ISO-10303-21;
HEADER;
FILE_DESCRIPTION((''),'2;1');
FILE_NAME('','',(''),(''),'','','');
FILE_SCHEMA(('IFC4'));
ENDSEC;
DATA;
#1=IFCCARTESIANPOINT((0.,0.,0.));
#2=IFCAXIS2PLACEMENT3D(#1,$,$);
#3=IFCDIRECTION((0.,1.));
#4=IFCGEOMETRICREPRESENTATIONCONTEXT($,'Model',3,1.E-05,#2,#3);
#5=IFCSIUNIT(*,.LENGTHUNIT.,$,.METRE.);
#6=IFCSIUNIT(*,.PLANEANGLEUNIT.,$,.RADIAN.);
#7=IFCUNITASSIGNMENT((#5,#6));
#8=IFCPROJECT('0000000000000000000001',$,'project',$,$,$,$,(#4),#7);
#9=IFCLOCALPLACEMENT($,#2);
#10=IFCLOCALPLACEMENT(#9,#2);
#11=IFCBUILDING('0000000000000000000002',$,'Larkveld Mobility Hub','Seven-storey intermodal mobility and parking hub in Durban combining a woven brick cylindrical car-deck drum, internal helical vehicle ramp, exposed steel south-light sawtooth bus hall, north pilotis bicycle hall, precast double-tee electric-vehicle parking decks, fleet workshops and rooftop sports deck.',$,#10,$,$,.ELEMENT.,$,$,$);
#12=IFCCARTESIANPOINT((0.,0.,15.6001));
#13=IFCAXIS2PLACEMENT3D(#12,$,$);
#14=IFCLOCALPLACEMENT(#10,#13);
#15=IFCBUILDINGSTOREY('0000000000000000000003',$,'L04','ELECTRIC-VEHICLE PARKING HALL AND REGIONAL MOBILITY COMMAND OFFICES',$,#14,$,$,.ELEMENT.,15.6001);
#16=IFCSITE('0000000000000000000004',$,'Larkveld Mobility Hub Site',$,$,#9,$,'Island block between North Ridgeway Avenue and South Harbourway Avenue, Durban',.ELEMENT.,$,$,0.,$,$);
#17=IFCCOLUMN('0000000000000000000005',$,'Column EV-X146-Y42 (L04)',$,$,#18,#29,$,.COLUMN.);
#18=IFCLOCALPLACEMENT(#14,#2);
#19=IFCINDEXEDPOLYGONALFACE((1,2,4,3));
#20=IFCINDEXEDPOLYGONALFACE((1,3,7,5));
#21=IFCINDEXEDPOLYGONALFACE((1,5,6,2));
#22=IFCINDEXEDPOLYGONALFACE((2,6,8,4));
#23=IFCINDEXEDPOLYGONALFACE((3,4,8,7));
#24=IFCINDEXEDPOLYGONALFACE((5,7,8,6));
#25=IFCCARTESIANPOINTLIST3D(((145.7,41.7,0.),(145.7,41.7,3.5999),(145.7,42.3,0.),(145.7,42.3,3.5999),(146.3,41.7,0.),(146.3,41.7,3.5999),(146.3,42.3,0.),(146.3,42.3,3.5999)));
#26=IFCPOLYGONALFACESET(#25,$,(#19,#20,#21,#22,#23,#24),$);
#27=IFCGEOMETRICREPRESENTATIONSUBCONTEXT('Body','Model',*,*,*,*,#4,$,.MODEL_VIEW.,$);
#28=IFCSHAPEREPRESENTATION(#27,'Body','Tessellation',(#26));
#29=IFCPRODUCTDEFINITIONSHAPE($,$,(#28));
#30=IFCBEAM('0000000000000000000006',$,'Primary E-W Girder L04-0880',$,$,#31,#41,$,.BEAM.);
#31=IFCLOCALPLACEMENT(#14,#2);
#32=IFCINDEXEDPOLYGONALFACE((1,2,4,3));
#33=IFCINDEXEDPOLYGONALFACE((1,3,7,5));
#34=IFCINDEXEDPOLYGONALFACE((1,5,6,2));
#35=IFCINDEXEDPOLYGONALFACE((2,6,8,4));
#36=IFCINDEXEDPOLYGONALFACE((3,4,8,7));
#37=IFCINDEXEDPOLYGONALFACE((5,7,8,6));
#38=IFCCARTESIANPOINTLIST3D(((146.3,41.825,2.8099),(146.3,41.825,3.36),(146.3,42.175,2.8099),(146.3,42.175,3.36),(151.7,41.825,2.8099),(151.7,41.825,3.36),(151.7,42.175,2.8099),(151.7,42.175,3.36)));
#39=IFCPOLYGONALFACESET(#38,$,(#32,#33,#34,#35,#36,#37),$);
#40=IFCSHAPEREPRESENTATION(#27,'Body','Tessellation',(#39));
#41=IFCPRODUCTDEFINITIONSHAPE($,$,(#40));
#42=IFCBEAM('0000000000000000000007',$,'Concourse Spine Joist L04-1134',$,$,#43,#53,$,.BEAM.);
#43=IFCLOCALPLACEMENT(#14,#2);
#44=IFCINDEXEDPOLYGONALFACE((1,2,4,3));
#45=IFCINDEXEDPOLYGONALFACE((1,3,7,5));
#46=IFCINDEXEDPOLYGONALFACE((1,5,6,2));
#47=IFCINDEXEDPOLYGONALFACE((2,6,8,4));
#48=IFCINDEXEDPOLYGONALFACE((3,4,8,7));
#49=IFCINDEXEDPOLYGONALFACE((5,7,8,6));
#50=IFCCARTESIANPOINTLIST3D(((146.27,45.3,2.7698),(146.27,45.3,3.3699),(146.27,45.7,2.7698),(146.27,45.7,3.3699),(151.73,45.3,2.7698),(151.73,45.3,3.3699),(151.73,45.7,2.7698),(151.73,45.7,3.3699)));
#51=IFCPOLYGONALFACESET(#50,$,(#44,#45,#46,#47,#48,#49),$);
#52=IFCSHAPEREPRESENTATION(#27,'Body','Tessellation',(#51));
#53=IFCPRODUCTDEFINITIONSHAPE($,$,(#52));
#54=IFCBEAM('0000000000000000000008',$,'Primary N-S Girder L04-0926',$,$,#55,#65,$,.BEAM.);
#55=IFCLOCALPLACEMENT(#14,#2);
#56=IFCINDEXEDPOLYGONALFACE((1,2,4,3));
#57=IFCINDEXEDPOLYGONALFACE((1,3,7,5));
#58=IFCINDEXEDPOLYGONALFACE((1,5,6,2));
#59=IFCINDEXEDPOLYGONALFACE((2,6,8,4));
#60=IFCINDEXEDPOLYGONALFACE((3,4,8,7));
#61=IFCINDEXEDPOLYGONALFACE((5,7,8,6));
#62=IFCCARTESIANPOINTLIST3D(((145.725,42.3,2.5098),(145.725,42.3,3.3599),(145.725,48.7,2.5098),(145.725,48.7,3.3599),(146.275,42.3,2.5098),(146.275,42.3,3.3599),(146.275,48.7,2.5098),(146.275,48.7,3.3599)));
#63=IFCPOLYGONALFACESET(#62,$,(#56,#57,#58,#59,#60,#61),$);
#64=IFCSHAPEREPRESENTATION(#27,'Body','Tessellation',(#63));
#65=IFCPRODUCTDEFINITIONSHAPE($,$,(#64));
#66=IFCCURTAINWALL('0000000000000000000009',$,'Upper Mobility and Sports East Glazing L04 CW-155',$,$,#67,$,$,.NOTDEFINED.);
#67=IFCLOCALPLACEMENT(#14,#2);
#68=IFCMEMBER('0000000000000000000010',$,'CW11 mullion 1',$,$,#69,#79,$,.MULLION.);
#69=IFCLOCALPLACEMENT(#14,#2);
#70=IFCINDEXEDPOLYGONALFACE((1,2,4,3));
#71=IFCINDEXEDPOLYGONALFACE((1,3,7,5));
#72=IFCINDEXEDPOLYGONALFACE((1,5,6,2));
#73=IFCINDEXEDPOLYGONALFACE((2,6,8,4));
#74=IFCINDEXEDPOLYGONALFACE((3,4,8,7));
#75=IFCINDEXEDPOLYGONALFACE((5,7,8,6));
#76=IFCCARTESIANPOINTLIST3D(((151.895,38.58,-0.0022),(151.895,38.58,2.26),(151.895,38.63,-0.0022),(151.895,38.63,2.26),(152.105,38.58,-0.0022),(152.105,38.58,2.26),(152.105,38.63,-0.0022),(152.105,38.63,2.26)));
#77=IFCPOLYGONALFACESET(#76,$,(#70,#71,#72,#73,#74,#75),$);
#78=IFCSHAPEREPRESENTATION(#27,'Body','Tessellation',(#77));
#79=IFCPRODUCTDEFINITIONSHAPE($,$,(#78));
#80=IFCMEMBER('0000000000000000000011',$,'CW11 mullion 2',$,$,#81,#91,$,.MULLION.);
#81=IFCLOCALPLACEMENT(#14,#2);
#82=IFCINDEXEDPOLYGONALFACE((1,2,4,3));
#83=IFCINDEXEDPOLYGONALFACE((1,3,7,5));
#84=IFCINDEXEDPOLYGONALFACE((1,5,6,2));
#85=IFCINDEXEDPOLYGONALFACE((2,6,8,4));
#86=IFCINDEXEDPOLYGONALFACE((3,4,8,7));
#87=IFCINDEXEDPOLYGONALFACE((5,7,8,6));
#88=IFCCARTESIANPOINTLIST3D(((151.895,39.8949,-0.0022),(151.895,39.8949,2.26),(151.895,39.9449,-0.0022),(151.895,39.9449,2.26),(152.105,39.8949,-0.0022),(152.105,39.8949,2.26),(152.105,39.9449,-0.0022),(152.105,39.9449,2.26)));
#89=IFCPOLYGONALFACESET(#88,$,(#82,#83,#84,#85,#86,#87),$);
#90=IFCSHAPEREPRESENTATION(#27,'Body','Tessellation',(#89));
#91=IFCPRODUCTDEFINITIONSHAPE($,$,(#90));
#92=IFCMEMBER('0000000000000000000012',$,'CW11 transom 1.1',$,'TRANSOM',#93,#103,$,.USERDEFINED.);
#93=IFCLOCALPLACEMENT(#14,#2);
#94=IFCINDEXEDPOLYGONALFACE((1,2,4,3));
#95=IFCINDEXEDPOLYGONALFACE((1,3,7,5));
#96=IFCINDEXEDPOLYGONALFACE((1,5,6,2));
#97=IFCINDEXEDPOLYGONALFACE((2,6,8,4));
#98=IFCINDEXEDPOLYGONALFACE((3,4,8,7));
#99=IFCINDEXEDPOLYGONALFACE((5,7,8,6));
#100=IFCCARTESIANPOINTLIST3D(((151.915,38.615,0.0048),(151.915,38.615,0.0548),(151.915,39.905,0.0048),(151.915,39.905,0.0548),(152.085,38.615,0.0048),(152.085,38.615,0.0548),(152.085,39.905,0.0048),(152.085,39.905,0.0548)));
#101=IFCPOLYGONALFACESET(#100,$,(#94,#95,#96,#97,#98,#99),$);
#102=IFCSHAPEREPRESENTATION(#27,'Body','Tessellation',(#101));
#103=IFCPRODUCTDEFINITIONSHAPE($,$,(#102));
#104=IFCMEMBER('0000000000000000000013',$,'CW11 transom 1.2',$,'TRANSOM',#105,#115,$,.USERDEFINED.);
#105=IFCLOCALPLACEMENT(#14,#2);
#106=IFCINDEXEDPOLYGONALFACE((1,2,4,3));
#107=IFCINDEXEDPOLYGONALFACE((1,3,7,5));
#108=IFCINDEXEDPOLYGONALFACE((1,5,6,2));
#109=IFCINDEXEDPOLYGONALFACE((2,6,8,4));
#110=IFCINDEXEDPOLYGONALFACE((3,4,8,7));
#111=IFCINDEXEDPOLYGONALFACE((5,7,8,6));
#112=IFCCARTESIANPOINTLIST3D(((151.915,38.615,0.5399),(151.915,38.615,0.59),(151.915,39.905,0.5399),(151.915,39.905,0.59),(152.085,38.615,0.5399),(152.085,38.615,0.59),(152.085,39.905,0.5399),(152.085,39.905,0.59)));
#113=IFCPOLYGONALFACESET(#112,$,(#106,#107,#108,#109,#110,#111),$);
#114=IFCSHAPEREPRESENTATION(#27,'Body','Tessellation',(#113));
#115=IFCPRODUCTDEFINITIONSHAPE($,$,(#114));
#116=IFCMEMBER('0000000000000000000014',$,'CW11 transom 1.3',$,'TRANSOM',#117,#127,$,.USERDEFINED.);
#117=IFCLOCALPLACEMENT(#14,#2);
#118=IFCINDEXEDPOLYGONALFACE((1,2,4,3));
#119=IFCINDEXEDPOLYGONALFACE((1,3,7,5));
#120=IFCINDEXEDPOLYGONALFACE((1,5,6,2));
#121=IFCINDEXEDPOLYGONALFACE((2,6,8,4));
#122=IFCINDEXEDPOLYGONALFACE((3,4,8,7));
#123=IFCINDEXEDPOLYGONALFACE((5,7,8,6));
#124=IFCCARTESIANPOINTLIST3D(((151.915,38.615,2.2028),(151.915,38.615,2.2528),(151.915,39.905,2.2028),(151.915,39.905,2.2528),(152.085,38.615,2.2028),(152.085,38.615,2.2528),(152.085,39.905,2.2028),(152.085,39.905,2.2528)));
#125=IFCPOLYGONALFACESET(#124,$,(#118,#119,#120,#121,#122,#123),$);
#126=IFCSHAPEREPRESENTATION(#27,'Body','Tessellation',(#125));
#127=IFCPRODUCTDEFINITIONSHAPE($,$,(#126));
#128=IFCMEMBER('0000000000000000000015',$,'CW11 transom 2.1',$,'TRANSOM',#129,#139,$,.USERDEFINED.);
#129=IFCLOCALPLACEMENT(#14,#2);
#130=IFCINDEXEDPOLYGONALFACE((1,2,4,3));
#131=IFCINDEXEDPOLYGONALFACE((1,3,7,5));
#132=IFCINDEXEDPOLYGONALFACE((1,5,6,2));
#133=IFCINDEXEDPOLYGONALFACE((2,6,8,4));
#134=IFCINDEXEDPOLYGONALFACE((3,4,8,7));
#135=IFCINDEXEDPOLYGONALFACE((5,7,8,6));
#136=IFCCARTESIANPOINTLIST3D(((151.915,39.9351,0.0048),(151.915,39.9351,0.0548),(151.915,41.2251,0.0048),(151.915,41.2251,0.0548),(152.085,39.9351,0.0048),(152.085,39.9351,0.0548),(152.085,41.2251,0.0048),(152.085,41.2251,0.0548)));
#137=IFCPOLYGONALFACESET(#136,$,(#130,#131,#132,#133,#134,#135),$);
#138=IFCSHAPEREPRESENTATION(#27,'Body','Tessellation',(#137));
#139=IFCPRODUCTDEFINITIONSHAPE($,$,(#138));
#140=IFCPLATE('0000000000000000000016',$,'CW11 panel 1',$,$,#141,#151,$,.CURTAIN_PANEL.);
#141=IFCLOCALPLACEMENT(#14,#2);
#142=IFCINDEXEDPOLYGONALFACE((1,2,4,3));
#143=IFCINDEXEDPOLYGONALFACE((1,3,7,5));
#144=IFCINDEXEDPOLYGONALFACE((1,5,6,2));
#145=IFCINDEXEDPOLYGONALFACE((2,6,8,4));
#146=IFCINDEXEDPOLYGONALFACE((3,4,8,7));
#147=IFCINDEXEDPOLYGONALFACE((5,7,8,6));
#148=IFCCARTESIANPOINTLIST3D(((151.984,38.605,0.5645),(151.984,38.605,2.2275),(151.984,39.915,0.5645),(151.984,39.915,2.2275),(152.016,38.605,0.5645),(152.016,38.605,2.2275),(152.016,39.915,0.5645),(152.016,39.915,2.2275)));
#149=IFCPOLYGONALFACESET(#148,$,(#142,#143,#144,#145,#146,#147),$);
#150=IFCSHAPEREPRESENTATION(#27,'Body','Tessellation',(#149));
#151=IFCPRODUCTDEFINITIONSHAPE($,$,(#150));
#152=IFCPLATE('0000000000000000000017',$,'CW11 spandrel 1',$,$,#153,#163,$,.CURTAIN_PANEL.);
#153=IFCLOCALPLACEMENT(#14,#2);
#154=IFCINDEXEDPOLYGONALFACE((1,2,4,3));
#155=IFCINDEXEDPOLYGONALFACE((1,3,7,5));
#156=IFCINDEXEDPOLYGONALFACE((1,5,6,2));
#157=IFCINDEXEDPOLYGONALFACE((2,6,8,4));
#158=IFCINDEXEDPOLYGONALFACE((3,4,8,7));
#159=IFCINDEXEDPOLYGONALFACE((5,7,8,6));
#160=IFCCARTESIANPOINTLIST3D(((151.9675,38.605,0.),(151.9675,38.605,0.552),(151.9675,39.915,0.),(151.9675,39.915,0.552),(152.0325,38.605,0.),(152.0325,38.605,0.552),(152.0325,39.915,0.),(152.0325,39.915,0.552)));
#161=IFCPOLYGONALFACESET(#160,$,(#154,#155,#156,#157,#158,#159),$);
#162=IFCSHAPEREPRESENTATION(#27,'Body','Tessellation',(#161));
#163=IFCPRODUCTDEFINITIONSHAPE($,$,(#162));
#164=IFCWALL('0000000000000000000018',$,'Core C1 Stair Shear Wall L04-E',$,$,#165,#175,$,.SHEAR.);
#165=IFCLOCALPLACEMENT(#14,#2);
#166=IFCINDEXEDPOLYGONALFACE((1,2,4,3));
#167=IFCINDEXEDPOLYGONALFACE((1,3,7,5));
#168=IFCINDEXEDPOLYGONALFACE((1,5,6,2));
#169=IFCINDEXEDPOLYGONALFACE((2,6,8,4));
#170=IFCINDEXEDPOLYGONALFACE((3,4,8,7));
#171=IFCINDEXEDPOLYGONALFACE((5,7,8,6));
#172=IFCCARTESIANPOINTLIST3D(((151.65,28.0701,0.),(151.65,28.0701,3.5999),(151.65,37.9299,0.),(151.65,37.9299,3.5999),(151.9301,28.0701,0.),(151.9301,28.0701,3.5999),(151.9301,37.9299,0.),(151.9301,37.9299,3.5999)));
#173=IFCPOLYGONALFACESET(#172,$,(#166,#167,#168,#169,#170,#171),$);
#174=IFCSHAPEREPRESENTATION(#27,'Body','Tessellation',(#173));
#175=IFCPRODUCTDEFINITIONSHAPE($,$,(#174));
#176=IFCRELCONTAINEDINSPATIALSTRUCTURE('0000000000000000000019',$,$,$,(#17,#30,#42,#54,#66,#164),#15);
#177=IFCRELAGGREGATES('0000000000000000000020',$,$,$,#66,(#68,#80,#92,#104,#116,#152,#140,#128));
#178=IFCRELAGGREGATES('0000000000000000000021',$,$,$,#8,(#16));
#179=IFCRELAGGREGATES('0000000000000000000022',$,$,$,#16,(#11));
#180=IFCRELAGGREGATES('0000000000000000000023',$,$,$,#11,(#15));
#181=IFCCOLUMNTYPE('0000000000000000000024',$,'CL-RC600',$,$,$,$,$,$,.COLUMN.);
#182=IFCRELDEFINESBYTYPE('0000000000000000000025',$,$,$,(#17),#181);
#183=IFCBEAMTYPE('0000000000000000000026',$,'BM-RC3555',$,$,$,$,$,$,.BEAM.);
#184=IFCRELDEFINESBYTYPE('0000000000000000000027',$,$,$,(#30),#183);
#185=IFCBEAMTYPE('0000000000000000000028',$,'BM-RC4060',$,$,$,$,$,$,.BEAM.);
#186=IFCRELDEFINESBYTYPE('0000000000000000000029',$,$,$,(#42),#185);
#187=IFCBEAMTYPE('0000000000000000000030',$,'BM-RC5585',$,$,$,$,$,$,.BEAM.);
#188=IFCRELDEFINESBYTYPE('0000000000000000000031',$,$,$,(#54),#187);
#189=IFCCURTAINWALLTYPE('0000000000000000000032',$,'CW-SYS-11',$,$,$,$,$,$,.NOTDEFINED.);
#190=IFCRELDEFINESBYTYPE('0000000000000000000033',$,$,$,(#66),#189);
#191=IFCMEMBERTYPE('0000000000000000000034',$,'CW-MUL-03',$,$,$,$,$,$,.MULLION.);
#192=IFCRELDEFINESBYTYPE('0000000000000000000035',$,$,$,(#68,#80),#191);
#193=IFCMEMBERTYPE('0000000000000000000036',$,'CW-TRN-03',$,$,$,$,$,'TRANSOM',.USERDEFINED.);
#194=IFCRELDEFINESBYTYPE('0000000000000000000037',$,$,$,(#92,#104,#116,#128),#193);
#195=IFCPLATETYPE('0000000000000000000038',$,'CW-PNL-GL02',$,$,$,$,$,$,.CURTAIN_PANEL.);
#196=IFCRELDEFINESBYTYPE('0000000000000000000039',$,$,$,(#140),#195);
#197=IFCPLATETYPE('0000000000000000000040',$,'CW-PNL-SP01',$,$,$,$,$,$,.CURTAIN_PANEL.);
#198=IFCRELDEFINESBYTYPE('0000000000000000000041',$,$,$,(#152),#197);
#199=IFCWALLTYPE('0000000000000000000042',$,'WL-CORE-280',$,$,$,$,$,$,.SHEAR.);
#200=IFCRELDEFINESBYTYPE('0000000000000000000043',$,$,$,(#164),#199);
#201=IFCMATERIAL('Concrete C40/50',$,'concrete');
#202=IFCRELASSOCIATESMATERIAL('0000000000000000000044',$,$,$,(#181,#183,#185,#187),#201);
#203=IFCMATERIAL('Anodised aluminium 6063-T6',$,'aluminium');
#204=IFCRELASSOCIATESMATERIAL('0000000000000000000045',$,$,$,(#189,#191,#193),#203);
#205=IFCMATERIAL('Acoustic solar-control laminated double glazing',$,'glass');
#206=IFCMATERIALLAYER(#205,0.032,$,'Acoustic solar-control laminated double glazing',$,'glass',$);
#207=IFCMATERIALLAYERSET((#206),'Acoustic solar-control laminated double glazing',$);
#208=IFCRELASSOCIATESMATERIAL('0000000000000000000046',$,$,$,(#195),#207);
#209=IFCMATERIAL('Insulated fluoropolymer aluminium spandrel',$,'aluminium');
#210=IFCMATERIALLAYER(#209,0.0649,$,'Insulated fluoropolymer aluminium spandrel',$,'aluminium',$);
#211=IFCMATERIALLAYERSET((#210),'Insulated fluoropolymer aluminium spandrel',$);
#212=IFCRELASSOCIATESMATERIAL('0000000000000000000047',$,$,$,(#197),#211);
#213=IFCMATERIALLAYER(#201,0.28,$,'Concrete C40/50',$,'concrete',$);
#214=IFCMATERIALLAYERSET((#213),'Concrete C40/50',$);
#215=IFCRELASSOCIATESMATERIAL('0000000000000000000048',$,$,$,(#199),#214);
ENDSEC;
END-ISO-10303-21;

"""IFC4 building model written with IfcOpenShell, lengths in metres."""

from ifc_helpers import new_model, si_unit, direction, frame, frame_2d, origin, origin_2d, place, context, subcontext, project, spatial, rectangle, extrude, material, layer, layer_set, material_profile, profile_set, type_object, element, aggregate, save


model = new_model("IFC4")

# Units and contexts
model_context = context("Model", 3, precision=1e-05, world=origin(), true_north=direction((0.0, 1.0)))
body_context = subcontext(model_context, "Body", "Model", "MODEL_VIEW")
ifc_project = project(units=[si_unit("LENGTHUNIT", "METRE"), si_unit("PLANEANGLEUNIT", "RADIAN")], contexts=[model_context])

# Site, building, storey
site_placement = place(None, origin())
site = spatial("IfcSite", under=ifc_project, at=site_placement, Name="Larkveld Mobility Hub Site", LongName="Island block between North Ridgeway Avenue and South Harbourway Avenue, Durban", CompositionType="ELEMENT", RefElevation=0.0)
building_placement = place(site_placement, origin())
building = spatial("IfcBuilding", under=site, at=building_placement, Name="Larkveld Mobility Hub", Description="Seven-storey intermodal mobility and parking hub in Durban combining a woven brick cylindrical car-deck drum, internal helical vehicle ramp, exposed steel south-light sawtooth bus hall, north pilotis bicycle hall, precast double-tee electric-vehicle parking decks, fleet workshops and rooftop sports deck.", CompositionType="ELEMENT")
storey_placement = place(building_placement, frame((0.0, 0.0, 15.6001)))
storey = spatial("IfcBuildingStorey", under=building, at=storey_placement, Name="L04", Description="ELECTRIC-VEHICLE PARKING HALL AND REGIONAL MOBILITY COMMAND OFFICES", CompositionType="ELEMENT", Elevation=15.6001)

# Column
ifc_material_1 = material(Name="Concrete C40/50", Category="concrete")
ifc_material_profile_1 = material_profile(ifc_material_1, rectangle(XDim=0.6001, YDim=0.6001, at=origin_2d()), Name="RC COL 600x600")
ifc_profile_set_1 = profile_set([ifc_material_profile_1], Name="Concrete C40/50")
column_type = type_object("IfcColumnType", Name="CL-RC600", PredefinedType="COLUMN", material=ifc_profile_set_1)
column_placement = place(storey_placement, frame((146.0, 42.0, 0.0), z_axis=(0.0, 0.0, 1.0), x_axis=(1.0, 0.0, 0.0)))
element("IfcColumn", 1, at=column_placement, inside=storey, type_object=column_type, Name="Column EV-X146-Y42 (L04)", PredefinedType="COLUMN", context=body_context, shape_type="SweptSolid", body=[
    extrude(rectangle(XDim=0.6001, YDim=0.6001, at=origin_2d()), origin(), (0.0, 0.0, 1.0), 3.5999),
])

# Beams
ifc_material_profile_2 = material_profile(ifc_material_1, rectangle(XDim=0.3501, YDim=0.55, at=origin_2d()), Name="RC BM 350x550")
ifc_profile_set_2 = profile_set([ifc_material_profile_2], Name="Concrete C40/50")
beam_type_1 = type_object("IfcBeamType", Name="BM-RC3555", PredefinedType="BEAM", material=ifc_profile_set_2)
beam_1_placement = place(storey_placement, frame((146.3, 42.0, 3.085), z_axis=(1.0, 0.0, 0.0), x_axis=(0.0, 1.0, 0.0)))
element("IfcBeam", 2, at=beam_1_placement, inside=storey, type_object=beam_type_1, Name="Primary E-W Girder L04-0880", PredefinedType="BEAM", context=body_context, shape_type="SweptSolid", body=[
    extrude(rectangle(XDim=0.3501, YDim=0.55, at=origin_2d()), origin(), (0.0, 0.0, 1.0), 5.3999),
])
ifc_material_profile_3 = material_profile(ifc_material_1, rectangle(XDim=0.3999, YDim=0.6001, at=origin_2d()), Name="RC BM 400x600")
ifc_profile_set_3 = profile_set([ifc_material_profile_3], Name="Concrete C40/50")
beam_type_2 = type_object("IfcBeamType", Name="BM-RC4060", PredefinedType="BEAM", material=ifc_profile_set_3)
beam_2_placement = place(storey_placement, frame((146.27, 45.5, 3.0698), z_axis=(1.0, 0.0, 0.0), x_axis=(0.0, 1.0, 0.0)))
element("IfcBeam", 3, at=beam_2_placement, inside=storey, type_object=beam_type_2, Name="Concourse Spine Joist L04-1134", PredefinedType="BEAM", context=body_context, shape_type="SweptSolid", body=[
    extrude(rectangle(XDim=0.3999, YDim=0.6001, at=origin_2d()), origin(), (0.0, 0.0, 1.0), 5.46),
])
ifc_material_profile_4 = material_profile(ifc_material_1, rectangle(XDim=0.55, YDim=0.8501, at=origin_2d()), Name="RC BM 550x850")
ifc_profile_set_4 = profile_set([ifc_material_profile_4], Name="Concrete C40/50")
beam_type_3 = type_object("IfcBeamType", Name="BM-RC5585", PredefinedType="BEAM", material=ifc_profile_set_4)
beam_3_placement = place(storey_placement, frame((146.0, 42.3, 2.9348), z_axis=(0.0, 1.0, 0.0), x_axis=(-1.0, 0.0, 0.0)))
element("IfcBeam", 4, at=beam_3_placement, inside=storey, type_object=beam_type_3, Name="Primary N-S Girder L04-0926", PredefinedType="BEAM", context=body_context, shape_type="SweptSolid", body=[
    extrude(rectangle(XDim=0.55, YDim=0.8501, at=origin_2d()), origin(), (0.0, 0.0, 1.0), 6.3999),
])

# Curtain wall, members, plates
ifc_material_2 = material(Name="Anodised aluminium 6063-T6", Category="aluminium")
curtain_wall_type = type_object("IfcCurtainWallType", Name="CW-SYS-11", PredefinedType="NOTDEFINED", material=ifc_material_2)
curtain_wall_placement = place(storey_placement, origin())
curtain_wall = element("IfcCurtainWall", 5, at=curtain_wall_placement, inside=storey, type_object=curtain_wall_type, Name="Upper Mobility and Sports East Glazing L04 CW-155", PredefinedType="NOTDEFINED")
ifc_material_profile_5 = material_profile(ifc_material_2, rectangle(XDim=0.05, YDim=0.21, at=origin_2d()), Name="ALU MULL 50x210")
ifc_profile_set_5 = profile_set([ifc_material_profile_5], Name="Anodised aluminium 6063-T6")
member_type_1 = type_object("IfcMemberType", Name="CW-MUL-03", PredefinedType="MULLION", material=ifc_profile_set_5)
member_1_placement = place(storey_placement, frame((152.0, 38.605, -0.0022), z_axis=(0.0, 0.0, 1.0), x_axis=(0.0, 1.0, 0.0)))
member_1 = element("IfcMember", 6, at=member_1_placement, type_object=member_type_1, Name="CW11 mullion 1", PredefinedType="MULLION", context=body_context, shape_type="SweptSolid", body=[
    extrude(rectangle(XDim=0.05, YDim=0.21, at=origin_2d()), origin(), (0.0, 0.0, 1.0), 2.2622),
])
member_2_placement = place(storey_placement, frame((152.0, 39.9199, -0.0022), z_axis=(0.0, 0.0, 1.0), x_axis=(0.0, 1.0, 0.0)))
member_2 = element("IfcMember", 7, at=member_2_placement, type_object=member_type_1, Name="CW11 mullion 2", PredefinedType="MULLION", context=body_context, shape_type="SweptSolid", body=[
    extrude(rectangle(XDim=0.05, YDim=0.21, at=origin_2d()), origin(), (0.0, 0.0, 1.0), 2.2622),
])
ifc_material_profile_6 = material_profile(ifc_material_2, rectangle(XDim=0.1699, YDim=0.05, at=origin_2d()), Name="ALU TRAN 50x170")
ifc_profile_set_6 = profile_set([ifc_material_profile_6], Name="Anodised aluminium 6063-T6")
member_type_2 = type_object("IfcMemberType", Name="CW-TRN-03", ElementType="TRANSOM", PredefinedType="USERDEFINED", material=ifc_profile_set_6)
member_3_placement = place(storey_placement, frame((152.0, 38.615, 0.0298), z_axis=(0.0, 1.0, 0.0), x_axis=(-1.0, 0.0, 0.0)))
member_3 = element("IfcMember", 8, at=member_3_placement, type_object=member_type_2, Name="CW11 transom 1.1", ObjectType="TRANSOM", PredefinedType="USERDEFINED", context=body_context, shape_type="SweptSolid", body=[
    extrude(rectangle(XDim=0.1699, YDim=0.05, at=origin_2d()), origin(), (0.0, 0.0, 1.0), 1.29),
])
member_4_placement = place(storey_placement, frame((152.0, 38.615, 0.5649), z_axis=(0.0, 1.0, 0.0), x_axis=(-1.0, 0.0, 0.0)))
member_4 = element("IfcMember", 9, at=member_4_placement, type_object=member_type_2, Name="CW11 transom 1.2", ObjectType="TRANSOM", PredefinedType="USERDEFINED", context=body_context, shape_type="SweptSolid", body=[
    extrude(rectangle(XDim=0.1699, YDim=0.05, at=origin_2d()), origin(), (0.0, 0.0, 1.0), 1.29),
])
member_5_placement = place(storey_placement, frame((152.0, 38.615, 2.2278), z_axis=(0.0, 1.0, 0.0), x_axis=(-1.0, 0.0, 0.0)))
member_5 = element("IfcMember", 10, at=member_5_placement, type_object=member_type_2, Name="CW11 transom 1.3", ObjectType="TRANSOM", PredefinedType="USERDEFINED", context=body_context, shape_type="SweptSolid", body=[
    extrude(rectangle(XDim=0.1699, YDim=0.05, at=origin_2d()), origin(), (0.0, 0.0, 1.0), 1.29),
])
member_6_placement = place(storey_placement, frame((152.0, 39.9351, 0.0298), z_axis=(0.0, 1.0, 0.0), x_axis=(-1.0, 0.0, 0.0)))
member_6 = element("IfcMember", 11, at=member_6_placement, type_object=member_type_2, Name="CW11 transom 2.1", ObjectType="TRANSOM", PredefinedType="USERDEFINED", context=body_context, shape_type="SweptSolid", body=[
    extrude(rectangle(XDim=0.1699, YDim=0.05, at=origin_2d()), origin(), (0.0, 0.0, 1.0), 1.29),
])
ifc_material_3 = material(Name="Acoustic solar-control laminated double glazing", Category="glass")
ifc_layer_1 = layer(ifc_material_3, 0.032, Name="Acoustic solar-control laminated double glazing", Category="glass")
ifc_layer_set_1 = layer_set([ifc_layer_1], Name="Acoustic solar-control laminated double glazing")
plate_type_1 = type_object("IfcPlateType", Name="CW-PNL-GL02", PredefinedType="CURTAIN_PANEL", material=ifc_layer_set_1)
plate_1_placement = place(storey_placement, frame((152.0, 39.26, 0.5645), z_axis=(0.0, 0.0, 1.0), x_axis=(0.0, 1.0, 0.0)))
plate_1 = element("IfcPlate", 12, at=plate_1_placement, type_object=plate_type_1, Name="CW11 panel 1", PredefinedType="CURTAIN_PANEL", context=body_context, shape_type="SweptSolid", body=[
    extrude(rectangle(XDim=1.3101, YDim=0.032, at=origin_2d()), origin(), (0.0, 0.0, 1.0), 1.6631),
])
ifc_material_4 = material(Name="Insulated fluoropolymer aluminium spandrel", Category="aluminium")
ifc_layer_2 = layer(ifc_material_4, 0.0649, Name="Insulated fluoropolymer aluminium spandrel", Category="aluminium")
ifc_layer_set_2 = layer_set([ifc_layer_2], Name="Insulated fluoropolymer aluminium spandrel")
plate_type_2 = type_object("IfcPlateType", Name="CW-PNL-SP01", PredefinedType="CURTAIN_PANEL", material=ifc_layer_set_2)
plate_2_placement = place(storey_placement, frame((152.0, 39.26, 0.0), z_axis=(0.0, 0.0, 1.0), x_axis=(0.0, 1.0, 0.0)))
plate_2 = element("IfcPlate", 13, at=plate_2_placement, type_object=plate_type_2, Name="CW11 spandrel 1", PredefinedType="CURTAIN_PANEL", context=body_context, shape_type="SweptSolid", body=[
    extrude(rectangle(XDim=1.3101, YDim=0.0649, at=origin_2d()), origin(), (0.0, 0.0, 1.0), 0.552),
])
aggregate(curtain_wall, [member_1, member_2, member_3, member_4, member_5, plate_2, plate_1, member_6])

# Wall
ifc_layer_3 = layer(ifc_material_1, 0.28, Name="Concrete C40/50", Category="concrete")
ifc_layer_set_3 = layer_set([ifc_layer_3], Name="Concrete C40/50")
wall_type_1 = type_object("IfcWallType", Name="WL-CORE-280", PredefinedType="SHEAR", material=ifc_layer_set_3)
wall_1_placement = place(storey_placement, frame((151.79, 37.9299, 0.0), z_axis=(0.0, 0.0, 1.0), x_axis=(0.0, -1.0, 0.0)))
element("IfcWall", 14, at=wall_1_placement, inside=storey, type_object=wall_type_1, Name="Core C1 Stair Shear Wall L04-E", PredefinedType="SHEAR", context=body_context, shape_type="SweptSolid", body=[
    extrude(rectangle(XDim=9.8599, YDim=0.28, at=frame_2d((4.9299, 0.0))), origin(), (0.0, 0.0, 1.0), 3.5999),
])

save(model, "model.ifc")
